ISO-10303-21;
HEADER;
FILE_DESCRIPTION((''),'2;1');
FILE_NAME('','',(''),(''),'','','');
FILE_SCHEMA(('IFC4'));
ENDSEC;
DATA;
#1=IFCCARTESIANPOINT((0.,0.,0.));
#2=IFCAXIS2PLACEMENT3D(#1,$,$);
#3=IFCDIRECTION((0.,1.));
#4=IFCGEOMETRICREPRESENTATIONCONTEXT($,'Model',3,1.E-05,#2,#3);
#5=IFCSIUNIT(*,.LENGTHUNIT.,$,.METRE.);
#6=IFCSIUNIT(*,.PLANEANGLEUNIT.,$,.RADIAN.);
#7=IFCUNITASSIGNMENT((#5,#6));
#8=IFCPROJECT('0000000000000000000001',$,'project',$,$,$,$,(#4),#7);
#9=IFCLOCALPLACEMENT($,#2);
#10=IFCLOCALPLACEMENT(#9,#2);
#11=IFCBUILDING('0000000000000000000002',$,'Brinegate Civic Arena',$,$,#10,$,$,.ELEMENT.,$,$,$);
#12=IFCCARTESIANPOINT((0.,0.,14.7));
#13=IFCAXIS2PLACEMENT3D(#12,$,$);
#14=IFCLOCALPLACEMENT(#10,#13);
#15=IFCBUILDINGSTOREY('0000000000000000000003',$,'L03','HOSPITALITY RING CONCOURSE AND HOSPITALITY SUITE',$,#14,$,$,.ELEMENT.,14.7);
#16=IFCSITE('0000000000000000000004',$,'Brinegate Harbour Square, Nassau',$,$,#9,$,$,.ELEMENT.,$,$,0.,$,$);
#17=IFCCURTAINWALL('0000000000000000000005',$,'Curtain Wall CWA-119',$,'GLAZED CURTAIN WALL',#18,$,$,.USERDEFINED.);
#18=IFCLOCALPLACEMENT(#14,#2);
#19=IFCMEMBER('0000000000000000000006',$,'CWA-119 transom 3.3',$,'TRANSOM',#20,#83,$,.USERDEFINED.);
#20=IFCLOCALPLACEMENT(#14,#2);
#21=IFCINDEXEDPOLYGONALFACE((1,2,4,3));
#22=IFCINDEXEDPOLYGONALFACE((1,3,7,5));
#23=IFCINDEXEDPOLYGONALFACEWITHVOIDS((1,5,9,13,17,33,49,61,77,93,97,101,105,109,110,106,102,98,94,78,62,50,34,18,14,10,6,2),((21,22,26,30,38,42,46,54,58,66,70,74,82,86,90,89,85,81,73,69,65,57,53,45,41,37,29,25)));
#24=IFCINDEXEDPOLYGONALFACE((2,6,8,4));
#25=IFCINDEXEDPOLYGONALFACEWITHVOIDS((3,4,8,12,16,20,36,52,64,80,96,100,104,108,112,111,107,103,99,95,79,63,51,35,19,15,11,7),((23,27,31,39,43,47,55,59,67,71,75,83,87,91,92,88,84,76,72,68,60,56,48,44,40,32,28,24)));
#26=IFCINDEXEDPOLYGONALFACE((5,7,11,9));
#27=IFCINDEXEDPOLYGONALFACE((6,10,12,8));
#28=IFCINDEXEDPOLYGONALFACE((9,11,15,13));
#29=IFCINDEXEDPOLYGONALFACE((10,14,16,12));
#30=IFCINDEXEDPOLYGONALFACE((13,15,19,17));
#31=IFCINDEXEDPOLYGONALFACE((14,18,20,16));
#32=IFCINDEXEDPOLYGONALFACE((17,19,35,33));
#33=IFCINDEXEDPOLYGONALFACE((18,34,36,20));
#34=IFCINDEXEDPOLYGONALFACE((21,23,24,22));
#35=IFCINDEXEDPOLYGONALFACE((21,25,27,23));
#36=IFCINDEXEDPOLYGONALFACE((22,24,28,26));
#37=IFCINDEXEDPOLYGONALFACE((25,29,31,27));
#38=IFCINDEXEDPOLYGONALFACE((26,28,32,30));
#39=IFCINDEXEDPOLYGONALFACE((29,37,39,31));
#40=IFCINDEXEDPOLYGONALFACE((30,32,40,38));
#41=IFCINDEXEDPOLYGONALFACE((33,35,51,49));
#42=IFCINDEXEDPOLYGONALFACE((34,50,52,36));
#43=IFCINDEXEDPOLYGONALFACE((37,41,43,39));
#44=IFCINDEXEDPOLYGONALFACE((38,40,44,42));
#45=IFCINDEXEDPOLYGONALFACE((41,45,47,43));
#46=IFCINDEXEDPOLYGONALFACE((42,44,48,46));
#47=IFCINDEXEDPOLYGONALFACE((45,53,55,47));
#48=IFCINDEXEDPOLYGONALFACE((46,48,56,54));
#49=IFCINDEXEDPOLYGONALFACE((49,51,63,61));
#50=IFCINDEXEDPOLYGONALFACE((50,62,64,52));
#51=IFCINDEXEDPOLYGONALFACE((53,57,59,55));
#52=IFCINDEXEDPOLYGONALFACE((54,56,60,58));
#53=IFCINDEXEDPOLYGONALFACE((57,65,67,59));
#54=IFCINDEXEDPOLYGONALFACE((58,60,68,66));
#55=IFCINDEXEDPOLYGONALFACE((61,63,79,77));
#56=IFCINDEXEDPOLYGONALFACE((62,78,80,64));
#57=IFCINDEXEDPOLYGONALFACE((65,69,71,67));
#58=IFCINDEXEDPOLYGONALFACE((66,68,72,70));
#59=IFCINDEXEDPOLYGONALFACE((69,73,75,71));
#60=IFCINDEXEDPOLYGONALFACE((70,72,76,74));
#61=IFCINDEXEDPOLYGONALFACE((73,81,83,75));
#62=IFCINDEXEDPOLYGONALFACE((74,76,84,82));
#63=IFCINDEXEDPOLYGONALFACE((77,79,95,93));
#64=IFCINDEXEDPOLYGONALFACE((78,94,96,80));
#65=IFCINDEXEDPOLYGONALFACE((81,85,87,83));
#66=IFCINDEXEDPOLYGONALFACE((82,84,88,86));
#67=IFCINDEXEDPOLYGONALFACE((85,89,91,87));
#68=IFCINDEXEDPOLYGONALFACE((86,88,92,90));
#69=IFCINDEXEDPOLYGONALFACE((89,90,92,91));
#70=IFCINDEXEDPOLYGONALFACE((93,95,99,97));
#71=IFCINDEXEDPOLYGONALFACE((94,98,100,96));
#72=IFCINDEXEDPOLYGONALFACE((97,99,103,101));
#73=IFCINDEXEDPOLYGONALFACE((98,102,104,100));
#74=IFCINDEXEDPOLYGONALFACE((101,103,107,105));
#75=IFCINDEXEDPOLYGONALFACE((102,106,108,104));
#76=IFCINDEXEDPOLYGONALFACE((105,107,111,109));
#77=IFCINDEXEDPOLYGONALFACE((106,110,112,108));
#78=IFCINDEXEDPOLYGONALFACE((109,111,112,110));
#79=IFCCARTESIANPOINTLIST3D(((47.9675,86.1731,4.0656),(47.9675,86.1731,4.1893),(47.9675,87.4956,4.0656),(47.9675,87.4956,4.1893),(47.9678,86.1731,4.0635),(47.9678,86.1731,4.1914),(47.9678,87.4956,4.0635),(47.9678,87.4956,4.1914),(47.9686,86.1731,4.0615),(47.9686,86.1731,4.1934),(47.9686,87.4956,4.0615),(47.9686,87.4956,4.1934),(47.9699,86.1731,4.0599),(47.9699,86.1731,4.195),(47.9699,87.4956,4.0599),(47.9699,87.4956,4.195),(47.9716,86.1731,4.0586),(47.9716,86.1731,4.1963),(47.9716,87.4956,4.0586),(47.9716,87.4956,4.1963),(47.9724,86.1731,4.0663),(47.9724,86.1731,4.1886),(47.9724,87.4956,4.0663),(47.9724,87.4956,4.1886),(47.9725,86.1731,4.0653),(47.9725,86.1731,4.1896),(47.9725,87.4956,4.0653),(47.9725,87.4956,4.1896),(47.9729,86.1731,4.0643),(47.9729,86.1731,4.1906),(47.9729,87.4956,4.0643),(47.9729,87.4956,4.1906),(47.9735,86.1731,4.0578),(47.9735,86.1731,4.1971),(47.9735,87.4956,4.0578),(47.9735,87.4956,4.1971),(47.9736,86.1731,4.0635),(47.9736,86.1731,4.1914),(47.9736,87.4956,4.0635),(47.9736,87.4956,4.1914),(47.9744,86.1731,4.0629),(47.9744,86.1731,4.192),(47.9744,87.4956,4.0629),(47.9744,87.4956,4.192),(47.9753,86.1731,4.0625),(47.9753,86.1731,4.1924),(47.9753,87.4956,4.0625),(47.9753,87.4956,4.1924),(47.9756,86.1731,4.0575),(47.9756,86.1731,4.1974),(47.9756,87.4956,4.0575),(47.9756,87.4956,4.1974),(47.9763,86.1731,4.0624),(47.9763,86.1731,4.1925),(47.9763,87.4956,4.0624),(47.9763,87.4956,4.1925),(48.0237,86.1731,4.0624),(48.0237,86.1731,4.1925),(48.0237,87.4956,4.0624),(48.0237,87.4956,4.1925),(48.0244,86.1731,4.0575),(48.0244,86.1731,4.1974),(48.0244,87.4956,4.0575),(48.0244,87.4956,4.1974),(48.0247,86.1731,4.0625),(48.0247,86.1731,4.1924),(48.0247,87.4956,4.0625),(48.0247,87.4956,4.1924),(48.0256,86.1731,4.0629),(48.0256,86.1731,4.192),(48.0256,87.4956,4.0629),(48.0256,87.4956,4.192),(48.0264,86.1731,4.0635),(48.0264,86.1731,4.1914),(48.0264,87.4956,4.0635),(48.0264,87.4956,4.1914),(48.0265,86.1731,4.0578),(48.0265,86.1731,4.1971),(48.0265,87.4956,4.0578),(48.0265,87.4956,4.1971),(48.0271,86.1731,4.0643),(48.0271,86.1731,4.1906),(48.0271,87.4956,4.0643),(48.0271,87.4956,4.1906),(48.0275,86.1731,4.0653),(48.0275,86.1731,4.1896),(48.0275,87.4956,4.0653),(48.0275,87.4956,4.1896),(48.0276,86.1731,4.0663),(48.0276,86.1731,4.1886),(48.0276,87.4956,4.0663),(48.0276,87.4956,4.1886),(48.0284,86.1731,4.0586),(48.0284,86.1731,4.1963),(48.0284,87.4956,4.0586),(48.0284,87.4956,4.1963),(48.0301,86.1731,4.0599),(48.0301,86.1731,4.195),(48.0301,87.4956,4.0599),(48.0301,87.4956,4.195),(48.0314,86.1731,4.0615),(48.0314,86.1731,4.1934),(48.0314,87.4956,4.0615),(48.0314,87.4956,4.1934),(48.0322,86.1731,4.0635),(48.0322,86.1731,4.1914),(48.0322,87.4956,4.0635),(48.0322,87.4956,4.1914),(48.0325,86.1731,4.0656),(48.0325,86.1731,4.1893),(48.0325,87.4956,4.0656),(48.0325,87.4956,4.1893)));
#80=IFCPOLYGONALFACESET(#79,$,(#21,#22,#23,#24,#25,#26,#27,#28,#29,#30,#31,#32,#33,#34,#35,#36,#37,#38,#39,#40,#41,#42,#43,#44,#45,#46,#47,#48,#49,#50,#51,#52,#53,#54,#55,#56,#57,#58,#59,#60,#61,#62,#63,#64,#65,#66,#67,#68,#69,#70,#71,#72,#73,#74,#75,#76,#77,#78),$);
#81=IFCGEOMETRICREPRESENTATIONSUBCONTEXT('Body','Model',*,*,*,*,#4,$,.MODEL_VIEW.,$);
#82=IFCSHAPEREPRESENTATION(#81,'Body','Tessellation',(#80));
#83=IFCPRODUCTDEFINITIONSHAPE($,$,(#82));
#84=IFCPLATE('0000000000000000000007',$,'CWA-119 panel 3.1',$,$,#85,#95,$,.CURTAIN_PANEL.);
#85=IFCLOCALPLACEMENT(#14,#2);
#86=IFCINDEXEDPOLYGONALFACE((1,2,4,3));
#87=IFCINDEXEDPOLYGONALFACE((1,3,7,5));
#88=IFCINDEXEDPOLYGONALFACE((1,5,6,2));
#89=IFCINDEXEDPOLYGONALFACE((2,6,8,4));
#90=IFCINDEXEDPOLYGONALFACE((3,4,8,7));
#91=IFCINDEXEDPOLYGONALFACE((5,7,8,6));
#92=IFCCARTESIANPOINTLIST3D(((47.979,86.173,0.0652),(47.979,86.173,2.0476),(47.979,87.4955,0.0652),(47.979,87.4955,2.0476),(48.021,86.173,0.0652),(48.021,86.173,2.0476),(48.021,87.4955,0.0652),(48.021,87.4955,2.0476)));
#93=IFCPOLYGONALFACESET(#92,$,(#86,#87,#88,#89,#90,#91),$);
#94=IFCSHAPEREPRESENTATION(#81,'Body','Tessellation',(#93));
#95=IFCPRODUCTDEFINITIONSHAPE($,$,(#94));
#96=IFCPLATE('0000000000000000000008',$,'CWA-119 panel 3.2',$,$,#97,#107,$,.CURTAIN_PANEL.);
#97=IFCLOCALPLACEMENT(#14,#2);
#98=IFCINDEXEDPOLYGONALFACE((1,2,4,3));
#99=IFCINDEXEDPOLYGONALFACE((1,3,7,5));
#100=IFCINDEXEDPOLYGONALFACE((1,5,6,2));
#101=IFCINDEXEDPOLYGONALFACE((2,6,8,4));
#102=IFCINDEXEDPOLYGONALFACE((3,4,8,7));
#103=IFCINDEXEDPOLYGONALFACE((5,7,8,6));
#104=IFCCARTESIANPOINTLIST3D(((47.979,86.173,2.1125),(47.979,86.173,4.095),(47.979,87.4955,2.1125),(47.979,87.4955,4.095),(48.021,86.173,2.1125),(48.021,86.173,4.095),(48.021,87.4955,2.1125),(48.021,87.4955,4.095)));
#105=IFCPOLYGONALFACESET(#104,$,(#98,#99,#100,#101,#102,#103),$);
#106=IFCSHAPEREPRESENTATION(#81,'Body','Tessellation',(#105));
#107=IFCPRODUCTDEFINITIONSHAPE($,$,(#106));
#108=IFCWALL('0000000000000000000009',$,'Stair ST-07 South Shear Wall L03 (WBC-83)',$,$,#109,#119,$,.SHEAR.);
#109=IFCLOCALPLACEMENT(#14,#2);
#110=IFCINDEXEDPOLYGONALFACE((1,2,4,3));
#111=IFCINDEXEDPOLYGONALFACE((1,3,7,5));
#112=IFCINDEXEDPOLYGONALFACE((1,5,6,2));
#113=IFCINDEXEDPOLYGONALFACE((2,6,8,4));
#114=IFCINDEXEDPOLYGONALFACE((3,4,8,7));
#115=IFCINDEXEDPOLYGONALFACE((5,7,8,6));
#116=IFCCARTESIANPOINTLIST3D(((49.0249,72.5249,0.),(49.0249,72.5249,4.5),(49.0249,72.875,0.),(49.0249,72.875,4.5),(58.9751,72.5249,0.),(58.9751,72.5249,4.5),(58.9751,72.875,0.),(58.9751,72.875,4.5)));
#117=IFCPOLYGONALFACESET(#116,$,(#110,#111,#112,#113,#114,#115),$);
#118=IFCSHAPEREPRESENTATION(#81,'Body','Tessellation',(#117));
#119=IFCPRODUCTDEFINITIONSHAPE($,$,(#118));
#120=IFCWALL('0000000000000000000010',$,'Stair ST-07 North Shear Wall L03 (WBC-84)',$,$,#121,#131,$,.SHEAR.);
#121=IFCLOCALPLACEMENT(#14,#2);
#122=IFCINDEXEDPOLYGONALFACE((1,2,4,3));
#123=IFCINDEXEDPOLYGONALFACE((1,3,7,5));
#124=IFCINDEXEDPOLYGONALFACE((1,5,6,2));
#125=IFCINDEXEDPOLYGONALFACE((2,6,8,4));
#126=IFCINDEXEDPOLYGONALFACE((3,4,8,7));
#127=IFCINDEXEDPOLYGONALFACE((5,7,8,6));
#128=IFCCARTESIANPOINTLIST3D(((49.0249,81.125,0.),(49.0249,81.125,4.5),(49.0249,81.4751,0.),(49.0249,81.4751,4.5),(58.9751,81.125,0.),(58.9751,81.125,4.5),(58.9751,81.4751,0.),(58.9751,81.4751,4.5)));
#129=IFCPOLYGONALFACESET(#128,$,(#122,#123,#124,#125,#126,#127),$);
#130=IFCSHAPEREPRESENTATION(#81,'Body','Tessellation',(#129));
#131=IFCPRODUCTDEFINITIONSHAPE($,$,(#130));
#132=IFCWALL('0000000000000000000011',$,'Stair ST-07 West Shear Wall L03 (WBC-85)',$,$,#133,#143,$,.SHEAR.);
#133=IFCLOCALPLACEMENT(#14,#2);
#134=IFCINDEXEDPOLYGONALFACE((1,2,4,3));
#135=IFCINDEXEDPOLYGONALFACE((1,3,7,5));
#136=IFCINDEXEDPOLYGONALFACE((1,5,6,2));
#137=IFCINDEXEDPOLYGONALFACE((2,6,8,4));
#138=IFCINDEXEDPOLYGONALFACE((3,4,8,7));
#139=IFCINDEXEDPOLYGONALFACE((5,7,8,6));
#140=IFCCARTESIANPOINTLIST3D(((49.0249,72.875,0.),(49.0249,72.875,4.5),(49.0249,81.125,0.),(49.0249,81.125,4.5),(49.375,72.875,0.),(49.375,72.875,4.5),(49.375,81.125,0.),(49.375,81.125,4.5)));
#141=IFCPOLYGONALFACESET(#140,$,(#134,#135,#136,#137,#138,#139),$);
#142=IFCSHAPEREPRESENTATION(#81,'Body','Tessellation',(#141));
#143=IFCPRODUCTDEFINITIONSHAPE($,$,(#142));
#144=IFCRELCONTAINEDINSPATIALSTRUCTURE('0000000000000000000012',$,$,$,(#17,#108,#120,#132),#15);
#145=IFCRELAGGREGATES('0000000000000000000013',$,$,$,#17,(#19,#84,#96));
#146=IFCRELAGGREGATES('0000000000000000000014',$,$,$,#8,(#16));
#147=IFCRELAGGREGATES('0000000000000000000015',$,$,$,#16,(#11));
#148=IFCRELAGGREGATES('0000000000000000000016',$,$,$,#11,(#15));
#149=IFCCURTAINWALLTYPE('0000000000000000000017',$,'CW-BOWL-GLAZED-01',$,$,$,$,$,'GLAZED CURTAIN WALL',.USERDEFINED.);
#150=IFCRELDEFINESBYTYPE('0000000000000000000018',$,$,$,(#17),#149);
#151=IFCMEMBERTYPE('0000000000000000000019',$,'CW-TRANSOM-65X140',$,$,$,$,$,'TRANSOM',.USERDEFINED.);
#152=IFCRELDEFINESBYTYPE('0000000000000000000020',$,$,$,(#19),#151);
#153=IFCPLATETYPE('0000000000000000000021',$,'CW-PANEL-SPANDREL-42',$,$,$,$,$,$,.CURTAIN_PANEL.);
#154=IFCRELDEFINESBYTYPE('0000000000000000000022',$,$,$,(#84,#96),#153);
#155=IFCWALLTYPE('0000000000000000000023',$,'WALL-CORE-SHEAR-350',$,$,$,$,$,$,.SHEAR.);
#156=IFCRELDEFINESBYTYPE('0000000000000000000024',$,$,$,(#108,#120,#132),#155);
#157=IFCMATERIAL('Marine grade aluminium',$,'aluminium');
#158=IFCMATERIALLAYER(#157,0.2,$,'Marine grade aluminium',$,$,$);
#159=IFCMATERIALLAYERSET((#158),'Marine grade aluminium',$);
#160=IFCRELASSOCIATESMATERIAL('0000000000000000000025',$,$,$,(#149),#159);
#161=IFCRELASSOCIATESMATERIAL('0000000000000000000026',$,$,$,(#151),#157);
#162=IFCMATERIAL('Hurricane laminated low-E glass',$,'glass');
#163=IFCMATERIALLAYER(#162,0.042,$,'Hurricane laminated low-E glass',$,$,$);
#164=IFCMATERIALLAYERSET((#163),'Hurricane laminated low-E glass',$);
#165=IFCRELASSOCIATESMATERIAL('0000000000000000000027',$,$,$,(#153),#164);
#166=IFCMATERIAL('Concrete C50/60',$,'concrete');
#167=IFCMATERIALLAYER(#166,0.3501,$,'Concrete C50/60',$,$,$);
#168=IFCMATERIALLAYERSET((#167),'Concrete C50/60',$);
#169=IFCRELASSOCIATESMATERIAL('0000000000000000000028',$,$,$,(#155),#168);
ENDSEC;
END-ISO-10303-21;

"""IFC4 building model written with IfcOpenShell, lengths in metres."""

from ifc_helpers import new_model, si_unit, direction, frame, frame_2d, origin, origin_2d, place, context, subcontext, project, spatial, rectangle, hollow_rectangle, extrude, material, layer, layer_set, material_profile, profile_set, type_object, element, aggregate, save


model = new_model("IFC4")

# Units and contexts
model_context = context("Model", 3, precision=1e-05, world=origin(), true_north=direction((0.0, 1.0)))
body_context = subcontext(model_context, "Body", "Model", "MODEL_VIEW")
ifc_project = project(units=[si_unit("LENGTHUNIT", "METRE"), si_unit("PLANEANGLEUNIT", "RADIAN")], contexts=[model_context])

# Site, building, storey
site_placement = place(None, origin())
site = spatial("IfcSite", under=ifc_project, at=site_placement, Name="Brinegate Harbour Square, Nassau", CompositionType="ELEMENT", RefElevation=0.0)
building_placement = place(site_placement, origin())
building = spatial("IfcBuilding", under=site, at=building_placement, Name="Brinegate Civic Arena", CompositionType="ELEMENT")
storey_placement = place(building_placement, frame((0.0, 0.0, 14.7)))
storey = spatial("IfcBuildingStorey", under=building, at=storey_placement, Name="L03", Description="HOSPITALITY RING CONCOURSE AND HOSPITALITY SUITE", CompositionType="ELEMENT", Elevation=14.7)

# Curtain wall, member, plates
ifc_material_1 = material(Name="Marine grade aluminium", Category="aluminium")
ifc_layer_1 = layer(ifc_material_1, 0.2, Name="Marine grade aluminium")
ifc_layer_set_1 = layer_set([ifc_layer_1], Name="Marine grade aluminium")
curtain_wall_type = type_object("IfcCurtainWallType", Name="CW-BOWL-GLAZED-01", ElementType="GLAZED CURTAIN WALL", PredefinedType="USERDEFINED", material=ifc_layer_set_1)
curtain_wall_placement = place(storey_placement, origin())
curtain_wall = element("IfcCurtainWall", 1, at=curtain_wall_placement, inside=storey, type_object=curtain_wall_type, Name="Curtain Wall CWA-119", ObjectType="GLAZED CURTAIN WALL", PredefinedType="USERDEFINED")
ifc_material_profile = material_profile(ifc_material_1, hollow_rectangle(XDim=0.0649, YDim=0.1399, WallThickness=0.0049, InnerFilletRadius=0.0039, OuterFilletRadius=0.0081, at=origin_2d()), Name="TRN65X140")
ifc_profile_set = profile_set([ifc_material_profile], Name="Marine grade aluminium")
member_type = type_object("IfcMemberType", Name="CW-TRANSOM-65X140", ElementType="TRANSOM", PredefinedType="USERDEFINED", material=ifc_profile_set)
member_placement = place(storey_placement, frame((48.0, 86.1731, 4.1274), z_axis=(0.0, 1.0, 0.0), x_axis=(-1.0, 0.0, 0.0)))
member = element("IfcMember", 2, at=member_placement, type_object=member_type, Name="CWA-119 transom 3.3", ObjectType="TRANSOM", PredefinedType="USERDEFINED", context=body_context, shape_type="SweptSolid", body=[
    extrude(hollow_rectangle(XDim=0.0649, YDim=0.1399, WallThickness=0.0049, InnerFilletRadius=0.0039, OuterFilletRadius=0.0081, at=origin_2d()), origin(), (0.0, 0.0, 1.0), 1.3225),
])
ifc_material_2 = material(Name="Hurricane laminated low-E glass", Category="glass")
ifc_layer_2 = layer(ifc_material_2, 0.042, Name="Hurricane laminated low-E glass")
ifc_layer_set_2 = layer_set([ifc_layer_2], Name="Hurricane laminated low-E glass")
plate_type = type_object("IfcPlateType", Name="CW-PANEL-SPANDREL-42", PredefinedType="CURTAIN_PANEL", material=ifc_layer_set_2)
plate_1_placement = place(storey_placement, frame((48.0, 86.8342, 0.0652), z_axis=(0.0, 0.0, 1.0), x_axis=(0.0, 1.0, 0.0)))
plate_1 = element("IfcPlate", 3, at=plate_1_placement, type_object=plate_type, Name="CWA-119 panel 3.1", PredefinedType="CURTAIN_PANEL", context=body_context, shape_type="SweptSolid", body=[
    extrude(rectangle(XDim=1.3225, YDim=0.042, at=origin_2d()), origin(), (0.0, 0.0, 1.0), 1.9824),
])
plate_2_placement = place(storey_placement, frame((48.0, 86.8342, 2.1125), z_axis=(0.0, 0.0, 1.0), x_axis=(0.0, 1.0, 0.0)))
plate_2 = element("IfcPlate", 4, at=plate_2_placement, type_object=plate_type, Name="CWA-119 panel 3.2", PredefinedType="CURTAIN_PANEL", context=body_context, shape_type="SweptSolid", body=[
    extrude(rectangle(XDim=1.3225, YDim=0.042, at=origin_2d()), origin(), (0.0, 0.0, 1.0), 1.9824),
])
aggregate(curtain_wall, [member, plate_1, plate_2])

# Walls
ifc_material_3 = material(Name="Concrete C50/60", Category="concrete")
ifc_layer_3 = layer(ifc_material_3, 0.3501, Name="Concrete C50/60")
ifc_layer_set_3 = layer_set([ifc_layer_3], Name="Concrete C50/60")
wall_type_1 = type_object("IfcWallType", Name="WALL-CORE-SHEAR-350", PredefinedType="SHEAR", material=ifc_layer_set_3)
for number, where, z_axis, x_axis, name in (
    (5, (49.0249, 72.7, 0.0), (0.0, 0.0, 1.0), (1.0, 0.0, 0.0), "Stair ST-07 South Shear Wall L03 (WBC-83)"),
    (6, (49.0249, 81.3, 0.0), (0.0, 0.0, 1.0), (1.0, 0.0, 0.0), "Stair ST-07 North Shear Wall L03 (WBC-84)"),
):
    element("IfcWall", number, at=place(storey_placement, frame(where, z_axis=z_axis, x_axis=x_axis)), inside=storey, type_object=wall_type_1, Name=name, PredefinedType="SHEAR", context=body_context, shape_type="SweptSolid", body=[
        extrude(rectangle(XDim=9.9502, YDim=0.3501, at=frame_2d((4.9751, 0.0))), origin(), (0.0, 0.0, 1.0), 4.5),
    ])
wall_1_placement = place(storey_placement, frame((49.2, 72.875, 0.0), z_axis=(0.0, 0.0, 1.0), x_axis=(0.0, 1.0, 0.0)))
element("IfcWall", 7, at=wall_1_placement, inside=storey, type_object=wall_type_1, Name="Stair ST-07 West Shear Wall L03 (WBC-85)", PredefinedType="SHEAR", context=body_context, shape_type="SweptSolid", body=[
    extrude(rectangle(XDim=8.25, YDim=0.3501, at=frame_2d((4.125, 0.0))), origin(), (0.0, 0.0, 1.0), 4.5),
])

save(model, "model.ifc")
